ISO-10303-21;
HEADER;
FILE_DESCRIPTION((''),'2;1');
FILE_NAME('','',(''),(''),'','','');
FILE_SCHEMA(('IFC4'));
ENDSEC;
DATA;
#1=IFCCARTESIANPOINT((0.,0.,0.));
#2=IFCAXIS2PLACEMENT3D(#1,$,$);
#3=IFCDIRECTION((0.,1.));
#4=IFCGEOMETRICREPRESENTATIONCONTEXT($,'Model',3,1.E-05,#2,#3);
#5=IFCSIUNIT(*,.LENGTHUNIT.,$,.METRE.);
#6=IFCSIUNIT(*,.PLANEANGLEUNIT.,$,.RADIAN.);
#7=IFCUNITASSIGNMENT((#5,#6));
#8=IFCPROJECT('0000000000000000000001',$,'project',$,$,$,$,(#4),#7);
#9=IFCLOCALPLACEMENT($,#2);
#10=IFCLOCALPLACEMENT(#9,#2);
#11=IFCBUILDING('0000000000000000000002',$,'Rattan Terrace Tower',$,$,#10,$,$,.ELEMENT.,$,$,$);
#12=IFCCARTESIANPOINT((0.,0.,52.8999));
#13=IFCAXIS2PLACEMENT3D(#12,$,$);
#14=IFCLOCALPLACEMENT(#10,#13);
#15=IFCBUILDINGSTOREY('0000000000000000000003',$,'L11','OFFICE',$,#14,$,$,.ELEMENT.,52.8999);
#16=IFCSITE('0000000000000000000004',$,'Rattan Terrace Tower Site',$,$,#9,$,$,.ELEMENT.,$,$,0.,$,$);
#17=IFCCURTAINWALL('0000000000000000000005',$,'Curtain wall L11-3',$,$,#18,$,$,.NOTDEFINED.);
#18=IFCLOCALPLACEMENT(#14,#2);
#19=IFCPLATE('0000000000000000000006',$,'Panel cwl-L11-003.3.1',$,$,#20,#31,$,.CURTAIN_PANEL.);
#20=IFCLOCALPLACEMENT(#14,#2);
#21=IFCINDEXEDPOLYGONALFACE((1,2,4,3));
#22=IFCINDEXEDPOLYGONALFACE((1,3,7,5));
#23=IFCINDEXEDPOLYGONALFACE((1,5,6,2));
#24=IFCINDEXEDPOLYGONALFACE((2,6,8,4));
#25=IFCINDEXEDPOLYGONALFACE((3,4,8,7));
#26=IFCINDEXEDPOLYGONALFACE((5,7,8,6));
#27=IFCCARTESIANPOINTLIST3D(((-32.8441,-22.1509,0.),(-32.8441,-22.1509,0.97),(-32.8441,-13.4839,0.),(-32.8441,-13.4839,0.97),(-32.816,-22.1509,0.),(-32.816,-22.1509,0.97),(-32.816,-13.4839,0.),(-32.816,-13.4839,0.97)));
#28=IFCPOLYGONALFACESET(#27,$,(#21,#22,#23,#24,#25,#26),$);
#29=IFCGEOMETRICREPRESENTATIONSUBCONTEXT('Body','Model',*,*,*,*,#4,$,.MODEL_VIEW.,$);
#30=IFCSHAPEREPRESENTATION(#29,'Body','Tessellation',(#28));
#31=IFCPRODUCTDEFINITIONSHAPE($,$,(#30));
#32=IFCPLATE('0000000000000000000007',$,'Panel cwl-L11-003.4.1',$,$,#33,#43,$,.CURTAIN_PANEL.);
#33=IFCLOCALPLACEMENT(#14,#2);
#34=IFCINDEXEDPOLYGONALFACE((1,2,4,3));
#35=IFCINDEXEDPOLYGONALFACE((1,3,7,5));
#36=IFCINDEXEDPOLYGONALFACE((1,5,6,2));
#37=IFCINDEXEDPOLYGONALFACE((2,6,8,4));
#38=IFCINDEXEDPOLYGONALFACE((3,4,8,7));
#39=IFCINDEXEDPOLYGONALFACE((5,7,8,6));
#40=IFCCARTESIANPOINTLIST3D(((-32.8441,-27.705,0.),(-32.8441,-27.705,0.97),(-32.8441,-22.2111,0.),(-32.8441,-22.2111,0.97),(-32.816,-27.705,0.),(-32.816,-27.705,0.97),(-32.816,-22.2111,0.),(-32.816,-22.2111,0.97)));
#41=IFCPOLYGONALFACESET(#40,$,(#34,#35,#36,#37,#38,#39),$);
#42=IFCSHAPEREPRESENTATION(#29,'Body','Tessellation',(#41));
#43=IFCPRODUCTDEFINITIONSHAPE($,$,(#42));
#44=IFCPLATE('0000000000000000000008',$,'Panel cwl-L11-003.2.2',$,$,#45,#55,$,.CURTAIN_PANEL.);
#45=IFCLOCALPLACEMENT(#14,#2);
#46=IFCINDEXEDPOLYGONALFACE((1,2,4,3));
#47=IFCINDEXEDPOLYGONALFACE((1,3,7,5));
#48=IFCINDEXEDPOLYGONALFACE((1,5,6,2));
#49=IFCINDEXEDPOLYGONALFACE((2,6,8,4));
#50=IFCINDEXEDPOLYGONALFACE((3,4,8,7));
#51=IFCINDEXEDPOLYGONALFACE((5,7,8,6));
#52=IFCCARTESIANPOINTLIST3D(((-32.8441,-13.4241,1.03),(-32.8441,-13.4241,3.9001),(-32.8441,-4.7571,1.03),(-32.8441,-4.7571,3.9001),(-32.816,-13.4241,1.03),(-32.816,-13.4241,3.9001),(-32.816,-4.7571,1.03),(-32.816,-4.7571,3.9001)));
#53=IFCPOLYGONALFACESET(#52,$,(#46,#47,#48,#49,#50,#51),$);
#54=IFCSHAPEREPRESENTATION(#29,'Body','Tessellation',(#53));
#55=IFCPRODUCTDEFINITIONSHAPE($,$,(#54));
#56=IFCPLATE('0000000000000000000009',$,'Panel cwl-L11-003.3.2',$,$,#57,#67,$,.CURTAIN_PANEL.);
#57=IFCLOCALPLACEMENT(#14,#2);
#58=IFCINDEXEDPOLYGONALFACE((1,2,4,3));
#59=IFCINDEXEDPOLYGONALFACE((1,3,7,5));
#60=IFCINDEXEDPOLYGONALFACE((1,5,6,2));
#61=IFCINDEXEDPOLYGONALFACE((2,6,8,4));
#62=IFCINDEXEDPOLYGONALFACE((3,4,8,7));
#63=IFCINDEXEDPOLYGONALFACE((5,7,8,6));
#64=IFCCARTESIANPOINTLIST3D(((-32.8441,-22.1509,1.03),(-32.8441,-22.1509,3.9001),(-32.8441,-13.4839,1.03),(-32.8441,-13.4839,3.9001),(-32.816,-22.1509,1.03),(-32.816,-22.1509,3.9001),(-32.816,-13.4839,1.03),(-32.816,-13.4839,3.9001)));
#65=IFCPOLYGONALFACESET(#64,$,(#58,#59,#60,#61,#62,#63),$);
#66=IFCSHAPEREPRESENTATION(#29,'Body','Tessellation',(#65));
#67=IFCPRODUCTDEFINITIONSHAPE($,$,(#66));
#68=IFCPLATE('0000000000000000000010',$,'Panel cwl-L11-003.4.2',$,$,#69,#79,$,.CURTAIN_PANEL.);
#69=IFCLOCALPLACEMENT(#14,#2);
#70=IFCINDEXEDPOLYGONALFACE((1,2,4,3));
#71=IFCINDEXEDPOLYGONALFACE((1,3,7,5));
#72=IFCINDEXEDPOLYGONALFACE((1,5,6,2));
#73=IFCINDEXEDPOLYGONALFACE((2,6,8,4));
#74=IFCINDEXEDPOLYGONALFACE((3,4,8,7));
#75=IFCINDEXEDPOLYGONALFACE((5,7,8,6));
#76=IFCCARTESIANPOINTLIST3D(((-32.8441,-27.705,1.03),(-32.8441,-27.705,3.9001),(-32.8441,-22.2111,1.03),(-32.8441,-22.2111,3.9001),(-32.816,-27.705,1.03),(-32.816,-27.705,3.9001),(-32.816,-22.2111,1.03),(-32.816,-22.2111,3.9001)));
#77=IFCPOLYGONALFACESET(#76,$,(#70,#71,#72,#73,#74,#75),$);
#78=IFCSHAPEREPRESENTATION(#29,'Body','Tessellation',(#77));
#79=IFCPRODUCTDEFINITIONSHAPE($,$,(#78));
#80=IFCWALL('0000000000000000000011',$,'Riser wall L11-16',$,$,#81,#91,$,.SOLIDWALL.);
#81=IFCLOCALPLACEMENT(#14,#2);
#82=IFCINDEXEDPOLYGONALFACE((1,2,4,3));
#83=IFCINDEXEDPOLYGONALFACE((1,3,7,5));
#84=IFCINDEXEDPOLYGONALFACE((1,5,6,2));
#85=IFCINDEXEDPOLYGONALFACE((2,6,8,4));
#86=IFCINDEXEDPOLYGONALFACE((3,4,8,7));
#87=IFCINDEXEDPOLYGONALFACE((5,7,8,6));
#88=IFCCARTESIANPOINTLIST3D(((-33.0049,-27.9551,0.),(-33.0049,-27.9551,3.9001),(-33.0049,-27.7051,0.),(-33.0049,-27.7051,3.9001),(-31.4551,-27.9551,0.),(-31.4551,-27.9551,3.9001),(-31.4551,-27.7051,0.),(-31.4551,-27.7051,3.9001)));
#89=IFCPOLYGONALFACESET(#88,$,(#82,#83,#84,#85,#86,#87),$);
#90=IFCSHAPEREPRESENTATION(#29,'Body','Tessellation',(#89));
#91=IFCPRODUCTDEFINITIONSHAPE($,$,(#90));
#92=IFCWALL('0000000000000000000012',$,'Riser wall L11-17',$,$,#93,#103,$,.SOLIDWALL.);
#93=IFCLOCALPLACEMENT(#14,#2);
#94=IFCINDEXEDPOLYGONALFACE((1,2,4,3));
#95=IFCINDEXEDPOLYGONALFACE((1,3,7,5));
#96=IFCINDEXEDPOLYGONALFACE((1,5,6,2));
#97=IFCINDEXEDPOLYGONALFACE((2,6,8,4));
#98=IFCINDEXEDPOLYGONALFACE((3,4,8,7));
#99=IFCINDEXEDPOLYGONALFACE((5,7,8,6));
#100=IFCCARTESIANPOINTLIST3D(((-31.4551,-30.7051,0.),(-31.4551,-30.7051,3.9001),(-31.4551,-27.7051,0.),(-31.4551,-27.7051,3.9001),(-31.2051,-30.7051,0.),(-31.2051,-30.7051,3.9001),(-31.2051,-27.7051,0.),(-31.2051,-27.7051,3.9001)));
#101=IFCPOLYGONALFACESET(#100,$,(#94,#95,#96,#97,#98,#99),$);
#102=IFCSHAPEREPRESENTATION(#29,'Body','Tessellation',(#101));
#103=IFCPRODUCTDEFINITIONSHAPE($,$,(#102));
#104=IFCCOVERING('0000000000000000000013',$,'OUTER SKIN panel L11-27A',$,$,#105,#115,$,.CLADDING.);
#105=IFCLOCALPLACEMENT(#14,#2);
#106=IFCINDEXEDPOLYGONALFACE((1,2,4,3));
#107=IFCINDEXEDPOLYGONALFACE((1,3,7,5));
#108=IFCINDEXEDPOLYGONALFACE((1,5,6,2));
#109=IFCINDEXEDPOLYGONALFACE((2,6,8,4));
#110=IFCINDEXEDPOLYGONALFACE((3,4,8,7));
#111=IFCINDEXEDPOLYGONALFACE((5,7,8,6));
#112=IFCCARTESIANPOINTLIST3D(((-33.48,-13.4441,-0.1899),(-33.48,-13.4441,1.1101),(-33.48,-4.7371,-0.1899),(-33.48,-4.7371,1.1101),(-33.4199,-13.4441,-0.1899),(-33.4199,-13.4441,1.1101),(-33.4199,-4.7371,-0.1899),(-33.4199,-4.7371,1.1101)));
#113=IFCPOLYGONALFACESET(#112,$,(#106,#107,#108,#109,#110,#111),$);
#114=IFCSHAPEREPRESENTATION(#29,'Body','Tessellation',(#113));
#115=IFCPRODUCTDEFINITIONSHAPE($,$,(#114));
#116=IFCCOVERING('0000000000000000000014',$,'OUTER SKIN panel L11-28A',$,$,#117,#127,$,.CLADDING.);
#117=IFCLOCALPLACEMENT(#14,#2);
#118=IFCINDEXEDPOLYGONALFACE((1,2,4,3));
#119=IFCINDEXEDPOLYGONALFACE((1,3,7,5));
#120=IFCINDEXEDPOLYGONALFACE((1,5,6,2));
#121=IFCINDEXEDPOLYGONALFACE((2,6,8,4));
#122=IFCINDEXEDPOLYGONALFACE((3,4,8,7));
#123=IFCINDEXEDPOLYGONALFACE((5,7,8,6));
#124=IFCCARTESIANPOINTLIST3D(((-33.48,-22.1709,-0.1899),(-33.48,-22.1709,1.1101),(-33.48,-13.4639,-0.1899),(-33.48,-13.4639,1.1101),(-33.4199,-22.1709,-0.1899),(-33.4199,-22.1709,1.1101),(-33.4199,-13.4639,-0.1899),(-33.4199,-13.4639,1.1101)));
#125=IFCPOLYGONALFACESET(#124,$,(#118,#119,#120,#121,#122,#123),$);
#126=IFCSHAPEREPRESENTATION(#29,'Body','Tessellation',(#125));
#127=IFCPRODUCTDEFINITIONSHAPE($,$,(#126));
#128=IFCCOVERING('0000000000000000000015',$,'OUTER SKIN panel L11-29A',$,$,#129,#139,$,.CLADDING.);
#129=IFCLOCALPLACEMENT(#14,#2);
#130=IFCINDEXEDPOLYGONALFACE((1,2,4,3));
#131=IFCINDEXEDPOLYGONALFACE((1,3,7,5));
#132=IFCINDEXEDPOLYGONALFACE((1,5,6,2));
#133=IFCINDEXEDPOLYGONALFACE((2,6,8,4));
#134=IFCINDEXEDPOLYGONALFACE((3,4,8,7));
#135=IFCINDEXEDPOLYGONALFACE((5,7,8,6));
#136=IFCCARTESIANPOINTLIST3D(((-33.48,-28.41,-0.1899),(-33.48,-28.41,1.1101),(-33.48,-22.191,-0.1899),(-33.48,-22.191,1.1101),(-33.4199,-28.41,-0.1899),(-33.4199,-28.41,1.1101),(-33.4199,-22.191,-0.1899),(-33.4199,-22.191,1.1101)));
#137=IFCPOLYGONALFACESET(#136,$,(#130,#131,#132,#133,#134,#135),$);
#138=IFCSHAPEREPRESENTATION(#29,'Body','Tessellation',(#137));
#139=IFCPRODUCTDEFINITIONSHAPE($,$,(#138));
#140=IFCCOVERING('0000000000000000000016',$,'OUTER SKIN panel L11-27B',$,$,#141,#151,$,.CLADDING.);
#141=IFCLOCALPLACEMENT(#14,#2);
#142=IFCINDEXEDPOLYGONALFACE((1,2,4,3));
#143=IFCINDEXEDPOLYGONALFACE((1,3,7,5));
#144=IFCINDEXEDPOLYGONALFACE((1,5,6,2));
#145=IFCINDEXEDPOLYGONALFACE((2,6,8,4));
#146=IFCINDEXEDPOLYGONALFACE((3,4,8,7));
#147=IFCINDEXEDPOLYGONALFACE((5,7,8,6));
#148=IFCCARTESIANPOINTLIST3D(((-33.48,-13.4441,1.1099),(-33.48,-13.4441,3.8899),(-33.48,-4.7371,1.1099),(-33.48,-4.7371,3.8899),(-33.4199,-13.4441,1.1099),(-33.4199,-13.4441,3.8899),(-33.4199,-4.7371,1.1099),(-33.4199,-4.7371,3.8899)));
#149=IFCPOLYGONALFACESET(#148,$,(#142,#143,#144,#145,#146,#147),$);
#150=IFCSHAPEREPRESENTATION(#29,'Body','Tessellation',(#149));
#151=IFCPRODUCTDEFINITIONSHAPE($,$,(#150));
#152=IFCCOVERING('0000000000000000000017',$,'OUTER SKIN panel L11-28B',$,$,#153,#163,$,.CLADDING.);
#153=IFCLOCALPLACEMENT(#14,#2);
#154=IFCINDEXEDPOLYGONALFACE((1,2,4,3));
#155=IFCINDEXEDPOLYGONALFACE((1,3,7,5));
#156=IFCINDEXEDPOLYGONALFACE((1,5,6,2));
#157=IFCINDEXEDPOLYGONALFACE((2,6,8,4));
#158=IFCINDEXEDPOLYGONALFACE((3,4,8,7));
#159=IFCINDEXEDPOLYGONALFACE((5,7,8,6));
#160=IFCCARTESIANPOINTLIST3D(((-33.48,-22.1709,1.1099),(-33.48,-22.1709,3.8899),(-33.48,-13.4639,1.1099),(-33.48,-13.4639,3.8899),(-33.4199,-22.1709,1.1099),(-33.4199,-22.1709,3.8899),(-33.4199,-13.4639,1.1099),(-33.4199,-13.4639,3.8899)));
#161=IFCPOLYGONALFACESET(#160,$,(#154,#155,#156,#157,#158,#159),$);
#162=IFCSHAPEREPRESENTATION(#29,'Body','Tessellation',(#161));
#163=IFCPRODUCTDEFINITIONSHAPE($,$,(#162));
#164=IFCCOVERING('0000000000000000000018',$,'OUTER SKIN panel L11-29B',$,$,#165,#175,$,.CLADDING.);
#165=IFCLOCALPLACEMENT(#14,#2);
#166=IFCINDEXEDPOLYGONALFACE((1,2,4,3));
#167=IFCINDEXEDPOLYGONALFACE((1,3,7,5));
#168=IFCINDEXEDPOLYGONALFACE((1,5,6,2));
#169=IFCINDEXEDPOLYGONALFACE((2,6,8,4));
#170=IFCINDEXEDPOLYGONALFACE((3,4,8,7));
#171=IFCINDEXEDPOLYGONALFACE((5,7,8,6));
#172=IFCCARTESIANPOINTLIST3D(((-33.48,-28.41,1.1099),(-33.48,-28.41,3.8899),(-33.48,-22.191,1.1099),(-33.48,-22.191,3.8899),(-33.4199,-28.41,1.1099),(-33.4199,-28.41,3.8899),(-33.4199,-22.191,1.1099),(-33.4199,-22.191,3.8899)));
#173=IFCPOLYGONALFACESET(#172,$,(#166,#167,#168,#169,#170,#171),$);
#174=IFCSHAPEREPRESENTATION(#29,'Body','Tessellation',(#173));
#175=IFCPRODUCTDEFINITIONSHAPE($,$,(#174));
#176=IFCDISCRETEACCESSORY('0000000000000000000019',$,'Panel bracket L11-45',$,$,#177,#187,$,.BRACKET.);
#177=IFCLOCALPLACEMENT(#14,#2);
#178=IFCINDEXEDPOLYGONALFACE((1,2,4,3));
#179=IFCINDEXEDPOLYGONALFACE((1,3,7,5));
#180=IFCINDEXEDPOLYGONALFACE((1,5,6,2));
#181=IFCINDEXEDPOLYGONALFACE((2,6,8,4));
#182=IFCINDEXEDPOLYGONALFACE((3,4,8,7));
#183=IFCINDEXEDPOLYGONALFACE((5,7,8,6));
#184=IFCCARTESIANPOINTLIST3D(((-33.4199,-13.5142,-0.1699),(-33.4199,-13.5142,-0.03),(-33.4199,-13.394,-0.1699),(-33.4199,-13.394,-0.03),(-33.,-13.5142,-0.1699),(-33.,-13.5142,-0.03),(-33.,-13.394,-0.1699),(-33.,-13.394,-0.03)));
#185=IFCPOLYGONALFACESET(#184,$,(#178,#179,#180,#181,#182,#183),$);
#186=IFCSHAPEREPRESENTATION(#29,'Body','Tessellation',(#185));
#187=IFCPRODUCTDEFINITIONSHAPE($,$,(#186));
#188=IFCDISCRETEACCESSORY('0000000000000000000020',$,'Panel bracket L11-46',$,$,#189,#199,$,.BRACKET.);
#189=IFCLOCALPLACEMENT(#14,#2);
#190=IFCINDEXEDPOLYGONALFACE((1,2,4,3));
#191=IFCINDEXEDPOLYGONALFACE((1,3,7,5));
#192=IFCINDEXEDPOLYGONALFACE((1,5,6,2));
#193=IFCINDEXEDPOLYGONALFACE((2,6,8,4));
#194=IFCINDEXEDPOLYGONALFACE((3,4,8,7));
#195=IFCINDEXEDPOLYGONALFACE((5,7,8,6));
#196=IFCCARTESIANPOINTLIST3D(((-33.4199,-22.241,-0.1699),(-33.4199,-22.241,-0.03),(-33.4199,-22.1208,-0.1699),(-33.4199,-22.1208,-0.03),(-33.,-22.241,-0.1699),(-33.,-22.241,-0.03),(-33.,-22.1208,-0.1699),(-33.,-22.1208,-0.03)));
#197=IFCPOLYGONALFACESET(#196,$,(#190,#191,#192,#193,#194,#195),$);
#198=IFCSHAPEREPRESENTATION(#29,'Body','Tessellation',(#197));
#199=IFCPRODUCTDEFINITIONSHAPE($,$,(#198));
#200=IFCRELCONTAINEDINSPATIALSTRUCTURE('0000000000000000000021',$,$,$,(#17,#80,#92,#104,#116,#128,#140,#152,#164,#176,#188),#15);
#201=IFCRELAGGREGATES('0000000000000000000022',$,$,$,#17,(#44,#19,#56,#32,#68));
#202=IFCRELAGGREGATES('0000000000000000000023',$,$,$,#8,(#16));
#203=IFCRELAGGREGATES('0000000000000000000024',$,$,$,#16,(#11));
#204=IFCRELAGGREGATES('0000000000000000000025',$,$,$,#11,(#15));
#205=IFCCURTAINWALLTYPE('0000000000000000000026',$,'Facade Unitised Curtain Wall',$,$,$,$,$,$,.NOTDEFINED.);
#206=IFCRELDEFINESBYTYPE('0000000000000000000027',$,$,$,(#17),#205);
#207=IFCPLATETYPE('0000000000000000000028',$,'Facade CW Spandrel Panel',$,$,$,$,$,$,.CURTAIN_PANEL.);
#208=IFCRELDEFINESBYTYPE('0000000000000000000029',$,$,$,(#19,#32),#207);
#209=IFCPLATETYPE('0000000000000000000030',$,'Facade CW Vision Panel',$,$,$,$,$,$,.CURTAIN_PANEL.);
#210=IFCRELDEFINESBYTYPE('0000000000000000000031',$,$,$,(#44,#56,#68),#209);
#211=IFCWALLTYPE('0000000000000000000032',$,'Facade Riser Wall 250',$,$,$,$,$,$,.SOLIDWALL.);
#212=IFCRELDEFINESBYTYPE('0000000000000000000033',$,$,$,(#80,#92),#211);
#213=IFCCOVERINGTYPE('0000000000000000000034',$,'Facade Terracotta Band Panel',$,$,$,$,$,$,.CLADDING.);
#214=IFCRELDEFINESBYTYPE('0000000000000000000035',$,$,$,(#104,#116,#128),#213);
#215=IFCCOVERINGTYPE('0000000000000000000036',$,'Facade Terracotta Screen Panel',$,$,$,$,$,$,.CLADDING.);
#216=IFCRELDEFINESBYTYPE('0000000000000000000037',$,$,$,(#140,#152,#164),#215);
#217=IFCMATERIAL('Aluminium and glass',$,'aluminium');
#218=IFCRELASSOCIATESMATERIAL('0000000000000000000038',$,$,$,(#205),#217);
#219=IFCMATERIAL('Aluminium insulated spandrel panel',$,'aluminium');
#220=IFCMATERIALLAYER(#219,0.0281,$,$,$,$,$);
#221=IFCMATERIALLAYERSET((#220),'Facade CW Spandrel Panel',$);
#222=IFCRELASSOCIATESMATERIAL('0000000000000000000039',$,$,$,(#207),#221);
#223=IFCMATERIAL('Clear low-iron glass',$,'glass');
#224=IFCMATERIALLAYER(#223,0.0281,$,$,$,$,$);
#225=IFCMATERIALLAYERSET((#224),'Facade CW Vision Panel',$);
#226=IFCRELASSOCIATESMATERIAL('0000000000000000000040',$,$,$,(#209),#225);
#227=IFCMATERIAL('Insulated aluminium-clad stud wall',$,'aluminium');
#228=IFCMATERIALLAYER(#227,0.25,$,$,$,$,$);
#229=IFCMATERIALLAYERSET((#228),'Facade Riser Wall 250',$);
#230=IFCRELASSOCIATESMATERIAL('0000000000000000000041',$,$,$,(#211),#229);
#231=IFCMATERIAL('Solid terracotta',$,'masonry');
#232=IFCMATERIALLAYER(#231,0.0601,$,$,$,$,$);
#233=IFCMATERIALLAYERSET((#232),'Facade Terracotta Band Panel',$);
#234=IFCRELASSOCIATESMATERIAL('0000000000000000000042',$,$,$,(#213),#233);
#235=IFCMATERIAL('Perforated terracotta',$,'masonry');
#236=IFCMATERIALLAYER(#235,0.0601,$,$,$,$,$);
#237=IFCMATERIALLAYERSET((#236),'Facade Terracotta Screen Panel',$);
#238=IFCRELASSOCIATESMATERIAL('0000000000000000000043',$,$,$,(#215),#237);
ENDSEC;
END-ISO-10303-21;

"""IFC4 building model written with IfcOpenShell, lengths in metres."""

from ifc_helpers import new_model, si_unit, direction, frame, frame_2d, origin, origin_2d, place, context, subcontext, project, spatial, rectangle, extrude, material, layer, layer_set, type_object, element, aggregate, save


model = new_model("IFC4")

# Units and contexts
model_context = context("Model", 3, precision=1e-05, world=origin(), true_north=direction((0.0, 1.0)))
body_context = subcontext(model_context, "Body", "Model", "MODEL_VIEW")
ifc_project = project(units=[si_unit("LENGTHUNIT", "METRE"), si_unit("PLANEANGLEUNIT", "RADIAN")], contexts=[model_context])

# Site, building, storey
site_placement = place(None, origin())
site = spatial("IfcSite", under=ifc_project, at=site_placement, Name="Rattan Terrace Tower Site", CompositionType="ELEMENT", RefElevation=0.0)
building_placement = place(site_placement, origin())
building = spatial("IfcBuilding", under=site, at=building_placement, Name="Rattan Terrace Tower", CompositionType="ELEMENT")
storey_placement = place(building_placement, frame((0.0, 0.0, 52.8999)))
storey = spatial("IfcBuildingStorey", under=building, at=storey_placement, Name="L11", Description="OFFICE", CompositionType="ELEMENT", Elevation=52.8999)

# Curtain wall
ifc_material_1 = material(Name="Aluminium and glass", Category="aluminium")
curtain_wall_type = type_object("IfcCurtainWallType", Name="Facade Unitised Curtain Wall", PredefinedType="NOTDEFINED", material=ifc_material_1)
curtain_wall_placement = place(storey_placement, origin())
curtain_wall = element("IfcCurtainWall", 1, at=curtain_wall_placement, inside=storey, type_object=curtain_wall_type, Name="Curtain wall L11-3", PredefinedType="NOTDEFINED")

# Plates
ifc_material_2 = material(Name="Aluminium insulated spandrel panel", Category="aluminium")
ifc_layer_1 = layer(ifc_material_2, 0.0281)
ifc_layer_set_1 = layer_set([ifc_layer_1], Name="Facade CW Spandrel Panel")
plate_type_1 = type_object("IfcPlateType", Name="Facade CW Spandrel Panel", PredefinedType="CURTAIN_PANEL", material=ifc_layer_set_1)
plate_1_placement = place(storey_placement, frame((-32.8301, -17.8174, 0.0), z_axis=(0.0, 0.0, 1.0), x_axis=(0.0, -1.0, 0.0)))
plate_1 = element("IfcPlate", 2, at=plate_1_placement, type_object=plate_type_1, Name="Panel cwl-L11-003.3.1", PredefinedType="CURTAIN_PANEL", context=body_context, shape_type="SweptSolid", body=[
    extrude(rectangle(XDim=8.667, YDim=0.0281, at=origin_2d()), origin(), (0.0, 0.0, 1.0), 0.97),
])
plate_2_placement = place(storey_placement, frame((-32.8301, -24.958, 0.0), z_axis=(0.0, 0.0, 1.0), x_axis=(0.0, -1.0, 0.0)))
plate_2 = element("IfcPlate", 3, at=plate_2_placement, type_object=plate_type_1, Name="Panel cwl-L11-003.4.1", PredefinedType="CURTAIN_PANEL", context=body_context, shape_type="SweptSolid", body=[
    extrude(rectangle(XDim=5.4939, YDim=0.0281, at=origin_2d()), origin(), (0.0, 0.0, 1.0), 0.97),
])
ifc_material_3 = material(Name="Clear low-iron glass", Category="glass")
ifc_layer_2 = layer(ifc_material_3, 0.0281)
ifc_layer_set_2 = layer_set([ifc_layer_2], Name="Facade CW Vision Panel")
plate_type_2 = type_object("IfcPlateType", Name="Facade CW Vision Panel", PredefinedType="CURTAIN_PANEL", material=ifc_layer_set_2)
plate_3_placement = place(storey_placement, frame((-32.8301, -9.0906, 1.03), z_axis=(0.0, 0.0, 1.0), x_axis=(0.0, -1.0, 0.0)))
plate_3 = element("IfcPlate", 4, at=plate_3_placement, type_object=plate_type_2, Name="Panel cwl-L11-003.2.2", PredefinedType="CURTAIN_PANEL", context=body_context, shape_type="SweptSolid", body=[
    extrude(rectangle(XDim=8.667, YDim=0.0281, at=origin_2d()), origin(), (0.0, 0.0, 1.0), 2.8701),
])
plate_4_placement = place(storey_placement, frame((-32.8301, -17.8174, 1.03), z_axis=(0.0, 0.0, 1.0), x_axis=(0.0, -1.0, 0.0)))
plate_4 = element("IfcPlate", 5, at=plate_4_placement, type_object=plate_type_2, Name="Panel cwl-L11-003.3.2", PredefinedType="CURTAIN_PANEL", context=body_context, shape_type="SweptSolid", body=[
    extrude(rectangle(XDim=8.667, YDim=0.0281, at=origin_2d()), origin(), (0.0, 0.0, 1.0), 2.8701),
])
plate_5_placement = place(storey_placement, frame((-32.8301, -24.958, 1.03), z_axis=(0.0, 0.0, 1.0), x_axis=(0.0, -1.0, 0.0)))
plate_5 = element("IfcPlate", 6, at=plate_5_placement, type_object=plate_type_2, Name="Panel cwl-L11-003.4.2", PredefinedType="CURTAIN_PANEL", context=body_context, shape_type="SweptSolid", body=[
    extrude(rectangle(XDim=5.4939, YDim=0.0281, at=origin_2d()), origin(), (0.0, 0.0, 1.0), 2.8701),
])
aggregate(curtain_wall, [plate_3, plate_1, plate_4, plate_2, plate_5])

# Walls
ifc_material_4 = material(Name="Insulated aluminium-clad stud wall", Category="aluminium")
ifc_layer_3 = layer(ifc_material_4, 0.25)
ifc_layer_set_3 = layer_set([ifc_layer_3], Name="Facade Riser Wall 250")
wall_type = type_object("IfcWallType", Name="Facade Riser Wall 250", PredefinedType="SOLIDWALL", material=ifc_layer_set_3)
wall_1_placement = place(storey_placement, frame((-33.0049, -27.8301, 0.0), z_axis=(0.0, 0.0, 1.0), x_axis=(1.0, 0.0, 0.0)))
element("IfcWall", 7, at=wall_1_placement, inside=storey, type_object=wall_type, Name="Riser wall L11-16", PredefinedType="SOLIDWALL", context=body_context, shape_type="SweptSolid", body=[
    extrude(rectangle(XDim=1.5498, YDim=0.25, at=frame_2d((0.7749, 0.0))), origin(), (0.0, 0.0, 1.0), 3.9001),
])
wall_2_placement = place(storey_placement, frame((-31.3301, -27.7051, 0.0), z_axis=(0.0, 0.0, 1.0), x_axis=(0.0, -1.0, 0.0)))
element("IfcWall", 8, at=wall_2_placement, inside=storey, type_object=wall_type, Name="Riser wall L11-17", PredefinedType="SOLIDWALL", context=body_context, shape_type="SweptSolid", body=[
    extrude(rectangle(XDim=3.0, YDim=0.25, at=frame_2d((1.5, 0.0))), origin(), (0.0, 0.0, 1.0), 3.9001),
])

# Coverings
ifc_material_5 = material(Name="Solid terracotta", Category="masonry")
ifc_layer_4 = layer(ifc_material_5, 0.0601)
ifc_layer_set_4 = layer_set([ifc_layer_4], Name="Facade Terracotta Band Panel")
covering_type_1 = type_object("IfcCoveringType", Name="Facade Terracotta Band Panel", PredefinedType="CLADDING", material=ifc_layer_set_4)
for number, where, z_axis, x_axis, name in (
    (9, (-33.45, -9.0906, -0.1899), (0.0, 0.0, 1.0), (0.0, -1.0, 0.0), "OUTER SKIN panel L11-27A"),
    (10, (-33.45, -17.8174, -0.1899), (0.0, 0.0, 1.0), (0.0, -1.0, 0.0), "OUTER SKIN panel L11-28A"),
):
    element("IfcCovering", number, at=place(storey_placement, frame(where, z_axis=z_axis, x_axis=x_axis)), inside=storey, type_object=covering_type_1, Name=name, PredefinedType="CLADDING", context=body_context, shape_type="SweptSolid", body=[
        extrude(rectangle(XDim=8.707, YDim=0.0601, at=origin_2d()), origin(), (0.0, 0.0, 1.0), 1.3),
    ])
covering_1_placement = place(storey_placement, frame((-33.45, -25.3005, -0.1899), z_axis=(0.0, 0.0, 1.0), x_axis=(0.0, -1.0, 0.0)))
element("IfcCovering", 11, at=covering_1_placement, inside=storey, type_object=covering_type_1, Name="OUTER SKIN panel L11-29A", PredefinedType="CLADDING", context=body_context, shape_type="SweptSolid", body=[
    extrude(rectangle(XDim=6.219, YDim=0.0601, at=origin_2d()), origin(), (0.0, 0.0, 1.0), 1.3),
])
ifc_material_6 = material(Name="Perforated terracotta", Category="masonry")
ifc_layer_5 = layer(ifc_material_6, 0.0601)
ifc_layer_set_5 = layer_set([ifc_layer_5], Name="Facade Terracotta Screen Panel")
covering_type_2 = type_object("IfcCoveringType", Name="Facade Terracotta Screen Panel", PredefinedType="CLADDING", material=ifc_layer_set_5)
for number, where, z_axis, x_axis, name in (
    (12, (-33.45, -9.0906, 1.1099), (0.0, 0.0, 1.0), (0.0, -1.0, 0.0), "OUTER SKIN panel L11-27B"),
    (13, (-33.45, -17.8174, 1.1099), (0.0, 0.0, 1.0), (0.0, -1.0, 0.0), "OUTER SKIN panel L11-28B"),
):
    element("IfcCovering", number, at=place(storey_placement, frame(where, z_axis=z_axis, x_axis=x_axis)), inside=storey, type_object=covering_type_2, Name=name, PredefinedType="CLADDING", context=body_context, shape_type="SweptSolid", body=[
        extrude(rectangle(XDim=8.707, YDim=0.0601, at=origin_2d()), origin(), (0.0, 0.0, 1.0), 2.78),
    ])
covering_2_placement = place(storey_placement, frame((-33.45, -25.3005, 1.1099), z_axis=(0.0, 0.0, 1.0), x_axis=(0.0, -1.0, 0.0)))
element("IfcCovering", 14, at=covering_2_placement, inside=storey, type_object=covering_type_2, Name="OUTER SKIN panel L11-29B", PredefinedType="CLADDING", context=body_context, shape_type="SweptSolid", body=[
    extrude(rectangle(XDim=6.219, YDim=0.0601, at=origin_2d()), origin(), (0.0, 0.0, 1.0), 2.78),
])

# Discrete accessories
for number, where, z_axis, x_axis, name in (
    (15, (-33.21, -13.4541, -0.1699), (0.0, 0.0, 1.0), (0.0, -1.0, 0.0), "Panel bracket L11-45"),
    (16, (-33.21, -22.1809, -0.1699), (0.0, 0.0, 1.0), (0.0, -1.0, 0.0), "Panel bracket L11-46"),
):
    element("IfcDiscreteAccessory", number, at=place(storey_placement, frame(where, z_axis=z_axis, x_axis=x_axis)), inside=storey, Name=name, PredefinedType="BRACKET", context=body_context, shape_type="SweptSolid", body=[
        extrude(rectangle(XDim=0.1201, YDim=0.4199, at=origin_2d()), origin(), (0.0, 0.0, 1.0), 0.1399),
    ])

save(model, "model.ifc")
